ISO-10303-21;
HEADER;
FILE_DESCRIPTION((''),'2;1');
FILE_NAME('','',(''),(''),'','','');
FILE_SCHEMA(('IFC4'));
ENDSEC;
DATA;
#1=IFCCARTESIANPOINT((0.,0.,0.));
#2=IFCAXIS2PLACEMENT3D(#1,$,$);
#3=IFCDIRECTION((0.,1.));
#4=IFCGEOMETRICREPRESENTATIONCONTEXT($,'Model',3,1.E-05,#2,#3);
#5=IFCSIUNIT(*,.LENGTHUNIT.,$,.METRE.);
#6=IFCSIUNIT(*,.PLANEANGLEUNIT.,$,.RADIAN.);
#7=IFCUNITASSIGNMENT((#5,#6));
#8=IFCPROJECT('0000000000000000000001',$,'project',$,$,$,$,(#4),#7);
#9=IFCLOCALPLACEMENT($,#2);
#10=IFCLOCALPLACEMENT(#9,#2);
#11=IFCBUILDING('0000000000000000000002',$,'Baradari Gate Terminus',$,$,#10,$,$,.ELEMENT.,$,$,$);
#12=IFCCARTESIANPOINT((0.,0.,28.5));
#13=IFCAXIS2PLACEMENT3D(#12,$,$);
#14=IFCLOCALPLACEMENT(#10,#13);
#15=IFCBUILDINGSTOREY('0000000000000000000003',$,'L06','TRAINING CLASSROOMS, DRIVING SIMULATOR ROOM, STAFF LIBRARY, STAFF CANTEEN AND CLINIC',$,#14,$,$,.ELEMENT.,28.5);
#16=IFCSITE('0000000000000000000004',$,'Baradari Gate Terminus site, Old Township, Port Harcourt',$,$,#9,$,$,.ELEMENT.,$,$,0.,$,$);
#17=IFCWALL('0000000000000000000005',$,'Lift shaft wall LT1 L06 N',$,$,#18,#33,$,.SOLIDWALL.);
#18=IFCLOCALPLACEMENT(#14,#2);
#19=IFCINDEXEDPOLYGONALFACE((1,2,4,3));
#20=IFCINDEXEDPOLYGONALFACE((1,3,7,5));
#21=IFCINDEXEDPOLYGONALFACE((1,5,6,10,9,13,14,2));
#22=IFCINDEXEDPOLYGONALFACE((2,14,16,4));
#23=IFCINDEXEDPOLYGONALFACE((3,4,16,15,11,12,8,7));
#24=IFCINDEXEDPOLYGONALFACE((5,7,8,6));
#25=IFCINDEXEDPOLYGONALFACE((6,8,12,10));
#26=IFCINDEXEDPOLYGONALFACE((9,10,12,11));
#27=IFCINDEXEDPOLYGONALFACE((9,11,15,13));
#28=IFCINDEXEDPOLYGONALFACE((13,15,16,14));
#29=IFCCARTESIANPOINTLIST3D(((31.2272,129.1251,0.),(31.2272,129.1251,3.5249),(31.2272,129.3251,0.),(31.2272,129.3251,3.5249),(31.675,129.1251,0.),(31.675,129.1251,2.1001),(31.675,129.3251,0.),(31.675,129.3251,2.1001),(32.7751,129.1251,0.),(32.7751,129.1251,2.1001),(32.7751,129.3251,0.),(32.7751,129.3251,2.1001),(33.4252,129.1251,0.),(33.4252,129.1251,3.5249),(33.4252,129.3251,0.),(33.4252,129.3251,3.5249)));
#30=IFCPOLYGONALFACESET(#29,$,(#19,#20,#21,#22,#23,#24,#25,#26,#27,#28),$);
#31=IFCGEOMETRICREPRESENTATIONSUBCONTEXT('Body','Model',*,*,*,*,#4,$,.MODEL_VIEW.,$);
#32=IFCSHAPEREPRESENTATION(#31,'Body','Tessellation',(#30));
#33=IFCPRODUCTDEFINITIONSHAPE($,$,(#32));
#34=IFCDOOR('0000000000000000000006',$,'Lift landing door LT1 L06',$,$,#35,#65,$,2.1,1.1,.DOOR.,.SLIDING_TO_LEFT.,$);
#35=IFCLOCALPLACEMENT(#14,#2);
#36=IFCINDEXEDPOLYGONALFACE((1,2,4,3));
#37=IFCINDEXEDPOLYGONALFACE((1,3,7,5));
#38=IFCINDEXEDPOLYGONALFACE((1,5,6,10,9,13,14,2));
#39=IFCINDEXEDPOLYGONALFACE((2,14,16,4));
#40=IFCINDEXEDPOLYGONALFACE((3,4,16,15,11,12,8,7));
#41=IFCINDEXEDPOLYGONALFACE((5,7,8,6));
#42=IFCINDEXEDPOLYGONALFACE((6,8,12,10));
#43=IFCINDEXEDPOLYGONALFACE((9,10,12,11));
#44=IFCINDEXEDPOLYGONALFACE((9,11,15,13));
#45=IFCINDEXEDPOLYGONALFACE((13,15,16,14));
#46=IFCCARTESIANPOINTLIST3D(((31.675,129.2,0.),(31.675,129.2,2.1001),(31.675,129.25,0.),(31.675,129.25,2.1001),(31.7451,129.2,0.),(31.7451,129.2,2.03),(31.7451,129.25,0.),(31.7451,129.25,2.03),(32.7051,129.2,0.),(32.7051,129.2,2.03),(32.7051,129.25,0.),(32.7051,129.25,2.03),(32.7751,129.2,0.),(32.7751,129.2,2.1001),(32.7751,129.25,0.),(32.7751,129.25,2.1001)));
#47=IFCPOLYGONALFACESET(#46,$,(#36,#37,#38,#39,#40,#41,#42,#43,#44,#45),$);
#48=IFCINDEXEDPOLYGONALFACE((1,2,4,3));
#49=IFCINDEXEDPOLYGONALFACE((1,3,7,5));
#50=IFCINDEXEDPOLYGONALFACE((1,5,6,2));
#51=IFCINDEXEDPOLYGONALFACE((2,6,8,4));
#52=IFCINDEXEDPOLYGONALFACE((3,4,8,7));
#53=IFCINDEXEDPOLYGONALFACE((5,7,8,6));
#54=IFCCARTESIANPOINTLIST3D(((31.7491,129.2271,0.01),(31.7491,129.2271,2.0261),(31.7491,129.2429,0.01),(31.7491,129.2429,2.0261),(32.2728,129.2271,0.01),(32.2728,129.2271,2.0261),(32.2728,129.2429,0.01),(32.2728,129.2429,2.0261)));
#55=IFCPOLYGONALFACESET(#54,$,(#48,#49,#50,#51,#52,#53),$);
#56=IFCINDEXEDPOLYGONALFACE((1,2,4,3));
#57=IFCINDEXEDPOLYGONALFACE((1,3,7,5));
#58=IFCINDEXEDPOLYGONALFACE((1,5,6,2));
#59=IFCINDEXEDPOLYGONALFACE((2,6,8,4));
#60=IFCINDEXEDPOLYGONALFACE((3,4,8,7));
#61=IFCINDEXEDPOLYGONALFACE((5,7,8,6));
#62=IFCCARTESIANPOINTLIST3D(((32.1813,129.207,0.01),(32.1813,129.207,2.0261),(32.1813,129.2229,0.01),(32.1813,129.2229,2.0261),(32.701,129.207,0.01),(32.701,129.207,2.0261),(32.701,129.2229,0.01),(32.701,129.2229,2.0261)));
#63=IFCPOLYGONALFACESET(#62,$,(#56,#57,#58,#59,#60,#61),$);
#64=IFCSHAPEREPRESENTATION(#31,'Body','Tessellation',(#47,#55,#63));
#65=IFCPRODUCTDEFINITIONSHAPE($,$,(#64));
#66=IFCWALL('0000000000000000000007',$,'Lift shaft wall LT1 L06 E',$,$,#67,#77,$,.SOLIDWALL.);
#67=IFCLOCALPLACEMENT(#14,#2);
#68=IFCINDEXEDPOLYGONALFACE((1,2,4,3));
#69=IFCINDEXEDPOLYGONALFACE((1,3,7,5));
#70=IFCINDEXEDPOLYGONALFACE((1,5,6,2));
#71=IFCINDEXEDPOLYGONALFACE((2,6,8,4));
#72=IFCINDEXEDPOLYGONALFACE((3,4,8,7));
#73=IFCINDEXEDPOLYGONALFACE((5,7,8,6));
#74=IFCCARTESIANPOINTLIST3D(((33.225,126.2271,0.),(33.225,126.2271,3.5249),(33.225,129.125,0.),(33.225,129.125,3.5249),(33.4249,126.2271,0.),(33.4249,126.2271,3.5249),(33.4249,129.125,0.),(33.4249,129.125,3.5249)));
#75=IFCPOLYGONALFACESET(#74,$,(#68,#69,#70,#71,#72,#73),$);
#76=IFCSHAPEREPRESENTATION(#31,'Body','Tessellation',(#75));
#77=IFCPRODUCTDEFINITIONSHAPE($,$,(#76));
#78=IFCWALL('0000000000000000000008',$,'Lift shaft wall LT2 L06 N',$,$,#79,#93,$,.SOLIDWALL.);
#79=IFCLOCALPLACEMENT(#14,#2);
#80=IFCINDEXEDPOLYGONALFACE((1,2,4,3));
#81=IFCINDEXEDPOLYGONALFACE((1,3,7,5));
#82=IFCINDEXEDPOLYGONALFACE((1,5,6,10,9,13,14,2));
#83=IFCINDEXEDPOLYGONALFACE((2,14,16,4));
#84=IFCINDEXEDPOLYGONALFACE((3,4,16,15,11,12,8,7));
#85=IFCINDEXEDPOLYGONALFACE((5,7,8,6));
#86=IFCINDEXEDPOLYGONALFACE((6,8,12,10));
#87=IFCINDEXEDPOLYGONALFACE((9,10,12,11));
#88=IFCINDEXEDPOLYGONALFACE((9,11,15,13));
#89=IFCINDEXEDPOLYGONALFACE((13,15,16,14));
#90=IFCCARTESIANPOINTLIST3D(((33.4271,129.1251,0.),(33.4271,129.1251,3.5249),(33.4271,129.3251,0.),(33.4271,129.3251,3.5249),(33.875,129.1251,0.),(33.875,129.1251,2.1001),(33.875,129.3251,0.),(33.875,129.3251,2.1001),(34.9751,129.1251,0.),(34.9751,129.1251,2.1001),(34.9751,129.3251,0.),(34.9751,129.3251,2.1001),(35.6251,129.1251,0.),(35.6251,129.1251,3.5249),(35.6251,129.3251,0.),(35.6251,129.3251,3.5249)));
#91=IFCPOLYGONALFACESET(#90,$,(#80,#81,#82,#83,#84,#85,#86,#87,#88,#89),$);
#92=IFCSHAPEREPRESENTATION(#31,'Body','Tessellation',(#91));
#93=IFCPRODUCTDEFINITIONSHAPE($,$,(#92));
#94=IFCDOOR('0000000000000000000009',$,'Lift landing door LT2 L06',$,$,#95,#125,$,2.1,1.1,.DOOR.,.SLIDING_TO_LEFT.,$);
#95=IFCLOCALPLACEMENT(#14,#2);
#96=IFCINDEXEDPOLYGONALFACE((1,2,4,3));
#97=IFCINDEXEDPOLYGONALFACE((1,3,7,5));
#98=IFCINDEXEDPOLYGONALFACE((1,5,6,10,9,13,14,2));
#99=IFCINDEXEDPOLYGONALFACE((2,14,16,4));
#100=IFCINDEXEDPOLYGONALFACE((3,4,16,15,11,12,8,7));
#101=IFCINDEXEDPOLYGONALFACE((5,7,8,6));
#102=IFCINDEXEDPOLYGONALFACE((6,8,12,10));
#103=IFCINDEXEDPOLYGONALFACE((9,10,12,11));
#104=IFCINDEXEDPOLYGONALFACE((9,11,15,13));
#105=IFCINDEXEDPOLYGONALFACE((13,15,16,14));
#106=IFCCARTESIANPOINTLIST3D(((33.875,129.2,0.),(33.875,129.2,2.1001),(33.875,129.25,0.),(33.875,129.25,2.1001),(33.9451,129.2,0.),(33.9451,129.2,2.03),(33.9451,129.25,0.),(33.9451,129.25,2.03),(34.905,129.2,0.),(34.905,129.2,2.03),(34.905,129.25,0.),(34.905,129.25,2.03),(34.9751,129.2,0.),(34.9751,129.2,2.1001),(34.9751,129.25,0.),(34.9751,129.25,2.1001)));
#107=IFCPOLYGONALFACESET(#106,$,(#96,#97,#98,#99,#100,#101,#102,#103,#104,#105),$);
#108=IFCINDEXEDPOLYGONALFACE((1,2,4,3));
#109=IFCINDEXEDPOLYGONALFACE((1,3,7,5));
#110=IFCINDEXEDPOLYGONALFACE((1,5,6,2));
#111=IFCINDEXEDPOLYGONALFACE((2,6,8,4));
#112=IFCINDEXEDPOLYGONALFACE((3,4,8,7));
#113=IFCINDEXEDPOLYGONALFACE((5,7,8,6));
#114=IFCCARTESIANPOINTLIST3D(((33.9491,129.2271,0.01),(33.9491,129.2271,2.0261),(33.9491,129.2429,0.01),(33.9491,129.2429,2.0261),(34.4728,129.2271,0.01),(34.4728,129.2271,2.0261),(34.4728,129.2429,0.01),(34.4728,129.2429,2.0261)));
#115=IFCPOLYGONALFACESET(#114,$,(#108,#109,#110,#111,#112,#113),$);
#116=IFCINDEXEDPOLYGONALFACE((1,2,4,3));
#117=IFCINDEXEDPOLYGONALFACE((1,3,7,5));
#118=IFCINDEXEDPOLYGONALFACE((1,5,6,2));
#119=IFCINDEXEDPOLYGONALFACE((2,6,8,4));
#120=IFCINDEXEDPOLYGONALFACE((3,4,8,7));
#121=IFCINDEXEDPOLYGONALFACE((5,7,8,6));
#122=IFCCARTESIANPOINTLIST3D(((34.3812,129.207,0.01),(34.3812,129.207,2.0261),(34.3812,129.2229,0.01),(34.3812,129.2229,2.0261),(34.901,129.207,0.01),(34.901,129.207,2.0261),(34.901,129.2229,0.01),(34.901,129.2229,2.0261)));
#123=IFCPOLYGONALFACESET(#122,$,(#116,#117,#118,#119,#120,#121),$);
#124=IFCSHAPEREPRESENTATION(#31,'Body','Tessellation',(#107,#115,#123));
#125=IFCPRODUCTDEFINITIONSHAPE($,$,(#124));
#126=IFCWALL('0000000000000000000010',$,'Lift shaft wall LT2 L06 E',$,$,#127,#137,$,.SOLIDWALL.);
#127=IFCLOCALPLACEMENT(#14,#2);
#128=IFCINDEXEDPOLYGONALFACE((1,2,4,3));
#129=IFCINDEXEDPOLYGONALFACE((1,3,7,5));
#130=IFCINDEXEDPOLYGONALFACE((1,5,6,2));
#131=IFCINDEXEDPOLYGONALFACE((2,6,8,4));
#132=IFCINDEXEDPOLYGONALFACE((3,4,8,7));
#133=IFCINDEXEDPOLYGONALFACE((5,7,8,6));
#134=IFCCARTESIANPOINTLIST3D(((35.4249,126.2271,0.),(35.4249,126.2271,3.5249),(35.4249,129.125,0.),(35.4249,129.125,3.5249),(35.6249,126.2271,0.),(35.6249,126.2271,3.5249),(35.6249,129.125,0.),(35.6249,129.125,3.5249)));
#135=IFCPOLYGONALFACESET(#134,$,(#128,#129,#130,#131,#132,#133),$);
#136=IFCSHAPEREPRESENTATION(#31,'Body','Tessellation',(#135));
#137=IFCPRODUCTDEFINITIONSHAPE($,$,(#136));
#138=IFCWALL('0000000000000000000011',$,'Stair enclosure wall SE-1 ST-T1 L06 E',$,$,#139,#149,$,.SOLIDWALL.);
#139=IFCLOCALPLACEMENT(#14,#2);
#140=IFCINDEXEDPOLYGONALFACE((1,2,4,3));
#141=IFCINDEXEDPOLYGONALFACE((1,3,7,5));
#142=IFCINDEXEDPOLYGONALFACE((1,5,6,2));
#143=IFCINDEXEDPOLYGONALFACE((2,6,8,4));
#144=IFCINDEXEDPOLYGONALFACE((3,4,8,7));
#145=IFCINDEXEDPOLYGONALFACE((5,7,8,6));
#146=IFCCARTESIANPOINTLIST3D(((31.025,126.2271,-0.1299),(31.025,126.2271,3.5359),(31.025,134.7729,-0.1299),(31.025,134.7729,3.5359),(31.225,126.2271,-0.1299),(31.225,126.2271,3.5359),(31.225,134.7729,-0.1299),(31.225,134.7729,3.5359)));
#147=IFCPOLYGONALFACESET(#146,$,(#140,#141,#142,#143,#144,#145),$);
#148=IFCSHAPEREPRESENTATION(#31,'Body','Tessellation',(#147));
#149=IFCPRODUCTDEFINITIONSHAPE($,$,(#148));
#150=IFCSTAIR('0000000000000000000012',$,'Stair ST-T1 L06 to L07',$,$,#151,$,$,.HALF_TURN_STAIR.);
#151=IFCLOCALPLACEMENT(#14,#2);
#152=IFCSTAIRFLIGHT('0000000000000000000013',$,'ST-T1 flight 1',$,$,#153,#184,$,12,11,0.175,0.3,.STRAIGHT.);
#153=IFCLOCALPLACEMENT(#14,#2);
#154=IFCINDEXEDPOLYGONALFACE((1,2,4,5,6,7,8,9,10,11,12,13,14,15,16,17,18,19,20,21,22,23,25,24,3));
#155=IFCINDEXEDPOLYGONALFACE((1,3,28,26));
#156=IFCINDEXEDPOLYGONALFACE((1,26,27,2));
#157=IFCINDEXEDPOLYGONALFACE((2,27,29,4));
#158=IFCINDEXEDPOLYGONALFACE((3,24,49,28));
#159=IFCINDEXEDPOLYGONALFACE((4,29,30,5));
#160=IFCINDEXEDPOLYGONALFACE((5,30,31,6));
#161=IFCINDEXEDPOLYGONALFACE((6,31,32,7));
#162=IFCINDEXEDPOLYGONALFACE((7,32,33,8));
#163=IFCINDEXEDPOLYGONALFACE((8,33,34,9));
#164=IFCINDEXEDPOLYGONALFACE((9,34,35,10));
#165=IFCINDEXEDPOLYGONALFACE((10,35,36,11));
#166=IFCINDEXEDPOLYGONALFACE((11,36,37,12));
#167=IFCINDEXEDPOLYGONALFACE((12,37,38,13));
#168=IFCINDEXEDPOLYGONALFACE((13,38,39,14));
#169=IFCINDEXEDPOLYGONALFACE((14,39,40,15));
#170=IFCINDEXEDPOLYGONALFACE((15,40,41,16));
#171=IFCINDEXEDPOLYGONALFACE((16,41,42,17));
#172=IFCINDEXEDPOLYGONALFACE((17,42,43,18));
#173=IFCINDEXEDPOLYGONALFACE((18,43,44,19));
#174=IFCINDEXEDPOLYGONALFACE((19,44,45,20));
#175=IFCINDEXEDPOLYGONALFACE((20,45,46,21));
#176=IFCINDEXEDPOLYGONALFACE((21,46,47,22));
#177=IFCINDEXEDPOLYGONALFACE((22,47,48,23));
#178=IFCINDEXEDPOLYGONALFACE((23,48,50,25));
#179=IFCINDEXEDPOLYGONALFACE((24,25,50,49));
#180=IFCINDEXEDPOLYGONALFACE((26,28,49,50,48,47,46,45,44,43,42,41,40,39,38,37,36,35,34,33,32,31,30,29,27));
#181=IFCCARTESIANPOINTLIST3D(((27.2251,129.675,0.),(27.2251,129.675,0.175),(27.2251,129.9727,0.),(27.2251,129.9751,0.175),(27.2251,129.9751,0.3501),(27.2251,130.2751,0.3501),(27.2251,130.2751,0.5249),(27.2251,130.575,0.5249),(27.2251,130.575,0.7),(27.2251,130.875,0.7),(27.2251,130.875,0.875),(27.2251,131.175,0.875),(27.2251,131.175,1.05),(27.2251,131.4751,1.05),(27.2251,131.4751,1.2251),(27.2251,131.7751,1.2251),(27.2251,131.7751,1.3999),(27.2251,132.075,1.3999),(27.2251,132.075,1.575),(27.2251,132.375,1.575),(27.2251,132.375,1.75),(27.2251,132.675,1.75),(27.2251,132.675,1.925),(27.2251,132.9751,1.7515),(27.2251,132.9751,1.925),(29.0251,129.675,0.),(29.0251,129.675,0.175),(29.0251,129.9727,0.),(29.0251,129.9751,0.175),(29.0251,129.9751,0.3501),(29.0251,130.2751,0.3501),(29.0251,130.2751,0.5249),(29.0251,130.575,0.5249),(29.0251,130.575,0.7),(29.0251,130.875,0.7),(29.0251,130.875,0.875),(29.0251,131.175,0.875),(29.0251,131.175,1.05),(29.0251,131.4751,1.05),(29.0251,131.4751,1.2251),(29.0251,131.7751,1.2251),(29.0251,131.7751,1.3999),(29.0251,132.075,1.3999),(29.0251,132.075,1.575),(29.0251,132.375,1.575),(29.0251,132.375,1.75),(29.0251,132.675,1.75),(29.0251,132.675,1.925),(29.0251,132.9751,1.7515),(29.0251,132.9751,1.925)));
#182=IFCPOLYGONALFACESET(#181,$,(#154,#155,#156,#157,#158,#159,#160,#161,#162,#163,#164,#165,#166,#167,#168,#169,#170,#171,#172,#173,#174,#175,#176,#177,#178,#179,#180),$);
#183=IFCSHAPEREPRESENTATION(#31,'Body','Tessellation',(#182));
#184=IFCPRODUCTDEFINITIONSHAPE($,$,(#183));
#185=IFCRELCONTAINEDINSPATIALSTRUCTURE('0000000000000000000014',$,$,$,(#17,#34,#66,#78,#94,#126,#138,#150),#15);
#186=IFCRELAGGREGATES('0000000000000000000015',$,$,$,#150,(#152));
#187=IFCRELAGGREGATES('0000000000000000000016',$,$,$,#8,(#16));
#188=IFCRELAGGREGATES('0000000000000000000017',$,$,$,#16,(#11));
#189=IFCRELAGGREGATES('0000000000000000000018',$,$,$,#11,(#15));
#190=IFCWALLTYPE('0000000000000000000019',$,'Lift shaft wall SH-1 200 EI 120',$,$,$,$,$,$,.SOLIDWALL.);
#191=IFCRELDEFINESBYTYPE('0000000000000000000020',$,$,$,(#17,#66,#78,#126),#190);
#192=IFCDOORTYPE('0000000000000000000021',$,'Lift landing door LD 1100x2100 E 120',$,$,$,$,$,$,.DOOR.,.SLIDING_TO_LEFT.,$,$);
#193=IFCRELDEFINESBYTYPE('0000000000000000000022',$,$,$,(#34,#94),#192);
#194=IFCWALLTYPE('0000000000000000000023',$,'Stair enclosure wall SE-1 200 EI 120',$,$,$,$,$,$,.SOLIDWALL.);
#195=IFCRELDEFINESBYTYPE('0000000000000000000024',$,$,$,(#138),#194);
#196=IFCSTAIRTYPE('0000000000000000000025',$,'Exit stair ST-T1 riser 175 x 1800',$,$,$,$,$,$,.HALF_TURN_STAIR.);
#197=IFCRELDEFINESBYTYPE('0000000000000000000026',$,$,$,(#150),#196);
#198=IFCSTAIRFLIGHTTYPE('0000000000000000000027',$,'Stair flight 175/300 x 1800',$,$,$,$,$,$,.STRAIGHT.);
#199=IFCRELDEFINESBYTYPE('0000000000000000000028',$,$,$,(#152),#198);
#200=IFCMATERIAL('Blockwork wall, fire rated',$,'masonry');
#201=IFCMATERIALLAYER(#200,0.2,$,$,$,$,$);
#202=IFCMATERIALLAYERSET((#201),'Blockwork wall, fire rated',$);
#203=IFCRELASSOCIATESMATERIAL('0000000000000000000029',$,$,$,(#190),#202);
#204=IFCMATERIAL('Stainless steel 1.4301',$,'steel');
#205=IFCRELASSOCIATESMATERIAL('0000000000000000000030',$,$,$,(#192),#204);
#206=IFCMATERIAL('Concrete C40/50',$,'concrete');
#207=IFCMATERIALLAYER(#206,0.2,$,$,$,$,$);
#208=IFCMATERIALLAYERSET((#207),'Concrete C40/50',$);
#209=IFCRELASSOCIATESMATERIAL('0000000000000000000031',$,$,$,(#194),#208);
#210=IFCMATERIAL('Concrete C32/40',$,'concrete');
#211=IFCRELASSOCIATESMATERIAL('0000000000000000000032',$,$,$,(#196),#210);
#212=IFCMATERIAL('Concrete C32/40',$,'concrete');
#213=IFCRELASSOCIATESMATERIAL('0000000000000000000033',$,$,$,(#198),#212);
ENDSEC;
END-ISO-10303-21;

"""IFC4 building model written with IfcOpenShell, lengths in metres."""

from ifc_helpers import new_model, si_unit, direction, frame, frame_2d, origin, place, context, subcontext, project, spatial, polyline, rectangle, outline, extrude, material, layer, layer_set, type_object, element, fill, aggregate, save


model = new_model("IFC4")

# Units and contexts
model_context = context("Model", 3, precision=1e-05, world=origin(), true_north=direction((0.0, 1.0)))
body_context = subcontext(model_context, "Body", "Model", "MODEL_VIEW")
ifc_project = project(units=[si_unit("LENGTHUNIT", "METRE"), si_unit("PLANEANGLEUNIT", "RADIAN")], contexts=[model_context])

# Site, building, storey
site_placement = place(None, origin())
site = spatial("IfcSite", under=ifc_project, at=site_placement, Name="Baradari Gate Terminus site, Old Township, Port Harcourt", CompositionType="ELEMENT", RefElevation=0.0)
building_placement = place(site_placement, origin())
building = spatial("IfcBuilding", under=site, at=building_placement, Name="Baradari Gate Terminus", CompositionType="ELEMENT")
storey_placement = place(building_placement, frame((0.0, 0.0, 28.5)))
storey = spatial("IfcBuildingStorey", under=building, at=storey_placement, Name="L06", Description="TRAINING CLASSROOMS, DRIVING SIMULATOR ROOM, STAFF LIBRARY, STAFF CANTEEN AND CLINIC", CompositionType="ELEMENT", Elevation=28.5)

# Wall, opening, door
ifc_material_1 = material(Name="Blockwork wall, fire rated", Category="masonry")
ifc_layer_1 = layer(ifc_material_1, 0.2)
ifc_layer_set_1 = layer_set([ifc_layer_1], Name="Blockwork wall, fire rated")
wall_type_1 = type_object("IfcWallType", Name="Lift shaft wall SH-1 200 EI 120", PredefinedType="SOLIDWALL", material=ifc_layer_set_1)
wall_1_placement = place(storey_placement, frame((31.2271, 129.2251, 0.0), z_axis=(0.0, 0.0, 1.0), x_axis=(1.0, 0.0, 0.0)))
wall_1 = element("IfcWall", 1, at=wall_1_placement, inside=storey, type_object=wall_type_1, Name="Lift shaft wall LT1 L06 N", PredefinedType="SOLIDWALL", context=body_context, shape_type="SweptSolid", body=[
    extrude(rectangle(XDim=2.198, YDim=0.2, at=frame_2d((1.0991, 0.0))), origin(), (0.0, 0.0, 1.0), 3.5249),
])
opening_1_placement = place(wall_1_placement, frame((0.448, 0.0, 0.0)))
opening_1 = element("IfcOpeningElement", 2, at=opening_1_placement, cuts=wall_1, PredefinedType="OPENING", context=body_context, shape_type="SweptSolid", body=[
    extrude(rectangle(XDim=1.1001, YDim=2.1001, at=frame_2d((0.55, 1.05))), frame((0.0, 0.1099, 0.0), z_axis=(0.0, -1.0, 0.0), x_axis=(1.0, 0.0, 0.0)), (0.0, 0.0, 1.0), 0.22),
])
ifc_material_2 = material(Name="Stainless steel 1.4301", Category="steel")
door_type = type_object("IfcDoorType", Name="Lift landing door LD 1100x2100 E 120", OperationType="SLIDING_TO_LEFT", PredefinedType="DOOR", material=ifc_material_2)
door_1_placement = place(opening_1_placement, origin())
door_1 = element("IfcDoor", 3, at=door_1_placement, inside=storey, type_object=door_type, Name="Lift landing door LT1 L06", OperationType="SLIDING_TO_LEFT", OverallHeight=2.1, OverallWidth=1.1, PredefinedType="DOOR", context=body_context, shape_type="SweptSolid", body=[
    extrude(outline(polyline([(0.0, 0.0), (0.0701, 0.0), (0.0701, 2.03), (1.03, 2.03), (1.03, 0.0), (1.1001, 0.0), (1.1001, 2.1001), (0.0, 2.1001), (0.0, 0.0)])), frame((0.0, 0.0249, 0.0), z_axis=(0.0, -1.0, 0.0), x_axis=(1.0, 0.0, 0.0)), (0.0, 0.0, 1.0), 0.05),
    extrude(rectangle(XDim=0.5237, YDim=2.0161, at=frame_2d((0.3359, 1.0181))), frame((0.0, 0.0178, 0.0), z_axis=(0.0, -1.0, 0.0), x_axis=(1.0, 0.0, 0.0)), (0.0, 0.0, 1.0), 0.0159),
    extrude(rectangle(XDim=0.5198, YDim=2.0161, at=frame_2d((0.7661, 1.0181))), frame((0.0, -0.0022, 0.0), z_axis=(0.0, -1.0, 0.0), x_axis=(1.0, 0.0, 0.0)), (0.0, 0.0, 1.0), 0.0159),
])
fill(opening_1, door_1)

# Wall
wall_2_placement = place(storey_placement, frame((33.325, 126.2271, 0.0), z_axis=(0.0, 0.0, 1.0), x_axis=(0.0, 1.0, 0.0)))
element("IfcWall", 4, at=wall_2_placement, inside=storey, type_object=wall_type_1, Name="Lift shaft wall LT1 L06 E", PredefinedType="SOLIDWALL", context=body_context, shape_type="SweptSolid", body=[
    extrude(rectangle(XDim=2.8979, YDim=0.2, at=frame_2d((1.449, 0.0))), origin(), (0.0, 0.0, 1.0), 3.5249),
])

# Wall, opening, door
wall_3_placement = place(storey_placement, frame((33.427, 129.2251, 0.0), z_axis=(0.0, 0.0, 1.0), x_axis=(1.0, 0.0, 0.0)))
wall_3 = element("IfcWall", 5, at=wall_3_placement, inside=storey, type_object=wall_type_1, Name="Lift shaft wall LT2 L06 N", PredefinedType="SOLIDWALL", context=body_context, shape_type="SweptSolid", body=[
    extrude(rectangle(XDim=2.198, YDim=0.2, at=frame_2d((1.0991, 0.0))), origin(), (0.0, 0.0, 1.0), 3.5249),
])
opening_2_placement = place(wall_3_placement, frame((0.448, 0.0, 0.0)))
opening_2 = element("IfcOpeningElement", 6, at=opening_2_placement, cuts=wall_3, PredefinedType="OPENING", context=body_context, shape_type="SweptSolid", body=[
    extrude(rectangle(XDim=1.1001, YDim=2.1001, at=frame_2d((0.55, 1.05))), frame((0.0, 0.1099, 0.0), z_axis=(0.0, -1.0, 0.0), x_axis=(1.0, 0.0, 0.0)), (0.0, 0.0, 1.0), 0.22),
])
door_2_placement = place(opening_2_placement, origin())
door_2 = element("IfcDoor", 7, at=door_2_placement, inside=storey, type_object=door_type, Name="Lift landing door LT2 L06", OperationType="SLIDING_TO_LEFT", OverallHeight=2.1, OverallWidth=1.1, PredefinedType="DOOR", context=body_context, shape_type="SweptSolid", body=[
    extrude(outline(polyline([(0.0, 0.0), (0.0701, 0.0), (0.0701, 2.03), (1.03, 2.03), (1.03, 0.0), (1.1001, 0.0), (1.1001, 2.1001), (0.0, 2.1001), (0.0, 0.0)])), frame((0.0, 0.0249, 0.0), z_axis=(0.0, -1.0, 0.0), x_axis=(1.0, 0.0, 0.0)), (0.0, 0.0, 1.0), 0.05),
    extrude(rectangle(XDim=0.5237, YDim=2.0161, at=frame_2d((0.3359, 1.0181))), frame((0.0, 0.0178, 0.0), z_axis=(0.0, -1.0, 0.0), x_axis=(1.0, 0.0, 0.0)), (0.0, 0.0, 1.0), 0.0159),
    extrude(rectangle(XDim=0.5198, YDim=2.0161, at=frame_2d((0.7661, 1.0181))), frame((0.0, -0.0022, 0.0), z_axis=(0.0, -1.0, 0.0), x_axis=(1.0, 0.0, 0.0)), (0.0, 0.0, 1.0), 0.0159),
])
fill(opening_2, door_2)

# Walls
wall_4_placement = place(storey_placement, frame((35.5249, 126.2271, 0.0), z_axis=(0.0, 0.0, 1.0), x_axis=(0.0, 1.0, 0.0)))
element("IfcWall", 8, at=wall_4_placement, inside=storey, type_object=wall_type_1, Name="Lift shaft wall LT2 L06 E", PredefinedType="SOLIDWALL", context=body_context, shape_type="SweptSolid", body=[
    extrude(rectangle(XDim=2.8979, YDim=0.2, at=frame_2d((1.449, 0.0))), origin(), (0.0, 0.0, 1.0), 3.5249),
])
ifc_material_3 = material(Name="Concrete C40/50", Category="concrete")
ifc_layer_2 = layer(ifc_material_3, 0.2)
ifc_layer_set_2 = layer_set([ifc_layer_2], Name="Concrete C40/50")
wall_type_2 = type_object("IfcWallType", Name="Stair enclosure wall SE-1 200 EI 120", PredefinedType="SOLIDWALL", material=ifc_layer_set_2)
wall_5_placement = place(storey_placement, frame((31.125, 126.2271, -0.1299), z_axis=(0.0, 0.0, 1.0), x_axis=(0.0, 1.0, 0.0)))
element("IfcWall", 9, at=wall_5_placement, inside=storey, type_object=wall_type_2, Name="Stair enclosure wall SE-1 ST-T1 L06 E", PredefinedType="SOLIDWALL", context=body_context, shape_type="SweptSolid", body=[
    extrude(rectangle(XDim=8.5459, YDim=0.2, at=frame_2d((4.2729, 0.0))), origin(), (0.0, 0.0, 1.0), 3.6658),
])

# Stair, stair flight
ifc_material_4 = material(Name="Concrete C32/40", Category="concrete")
stair_type = type_object("IfcStairType", Name="Exit stair ST-T1 riser 175 x 1800", PredefinedType="HALF_TURN_STAIR", material=ifc_material_4)
stair_placement = place(storey_placement, origin())
stair = element("IfcStair", 10, at=stair_placement, inside=storey, type_object=stair_type, Name="Stair ST-T1 L06 to L07", PredefinedType="HALF_TURN_STAIR")
ifc_material_5 = material(Name="Concrete C32/40", Category="concrete")
stair_flight_type = type_object("IfcStairFlightType", Name="Stair flight 175/300 x 1800", PredefinedType="STRAIGHT", material=ifc_material_5)
stair_flight_placement = place(storey_placement, frame((28.125, 129.675, 0.0), z_axis=(0.0, 0.0, 1.0), x_axis=(0.0, 1.0, 0.0)))
stair_flight = element("IfcStairFlight", 11, at=stair_flight_placement, type_object=stair_flight_type, Name="ST-T1 flight 1", NumberOfRisers=12, NumberOfTreads=11, PredefinedType="STRAIGHT", RiserHeight=0.175, TreadLength=0.3, context=body_context, shape_type="SweptSolid", body=[
    extrude(outline(polyline([(0.0, 0.0), (0.0, 0.175), (0.3, 0.175), (0.3, 0.3501), (0.6001, 0.3501), (0.6001, 0.5249), (0.8999, 0.5249), (0.8999, 0.7), (1.2, 0.7), (1.2, 0.875), (1.5, 0.875), (1.5, 1.05), (1.8, 1.05), (1.8, 1.2251), (2.1001, 1.2251), (2.1001, 1.3999), (2.3999, 1.3999), (2.3999, 1.575), (2.7, 1.575), (2.7, 1.75), (3.0, 1.75), (3.0, 1.925), (3.3, 1.925), (3.3, 2.1001), (3.3, 1.7515), (0.2976, 0.0), (0.0, 0.0)])), frame((0.0, 0.8999, 0.0), z_axis=(0.0, -1.0, 0.0), x_axis=(1.0, 0.0, 0.0)), (0.0, 0.0, 1.0), 1.8),
])
aggregate(stair, [stair_flight])

save(model, "model.ifc")
